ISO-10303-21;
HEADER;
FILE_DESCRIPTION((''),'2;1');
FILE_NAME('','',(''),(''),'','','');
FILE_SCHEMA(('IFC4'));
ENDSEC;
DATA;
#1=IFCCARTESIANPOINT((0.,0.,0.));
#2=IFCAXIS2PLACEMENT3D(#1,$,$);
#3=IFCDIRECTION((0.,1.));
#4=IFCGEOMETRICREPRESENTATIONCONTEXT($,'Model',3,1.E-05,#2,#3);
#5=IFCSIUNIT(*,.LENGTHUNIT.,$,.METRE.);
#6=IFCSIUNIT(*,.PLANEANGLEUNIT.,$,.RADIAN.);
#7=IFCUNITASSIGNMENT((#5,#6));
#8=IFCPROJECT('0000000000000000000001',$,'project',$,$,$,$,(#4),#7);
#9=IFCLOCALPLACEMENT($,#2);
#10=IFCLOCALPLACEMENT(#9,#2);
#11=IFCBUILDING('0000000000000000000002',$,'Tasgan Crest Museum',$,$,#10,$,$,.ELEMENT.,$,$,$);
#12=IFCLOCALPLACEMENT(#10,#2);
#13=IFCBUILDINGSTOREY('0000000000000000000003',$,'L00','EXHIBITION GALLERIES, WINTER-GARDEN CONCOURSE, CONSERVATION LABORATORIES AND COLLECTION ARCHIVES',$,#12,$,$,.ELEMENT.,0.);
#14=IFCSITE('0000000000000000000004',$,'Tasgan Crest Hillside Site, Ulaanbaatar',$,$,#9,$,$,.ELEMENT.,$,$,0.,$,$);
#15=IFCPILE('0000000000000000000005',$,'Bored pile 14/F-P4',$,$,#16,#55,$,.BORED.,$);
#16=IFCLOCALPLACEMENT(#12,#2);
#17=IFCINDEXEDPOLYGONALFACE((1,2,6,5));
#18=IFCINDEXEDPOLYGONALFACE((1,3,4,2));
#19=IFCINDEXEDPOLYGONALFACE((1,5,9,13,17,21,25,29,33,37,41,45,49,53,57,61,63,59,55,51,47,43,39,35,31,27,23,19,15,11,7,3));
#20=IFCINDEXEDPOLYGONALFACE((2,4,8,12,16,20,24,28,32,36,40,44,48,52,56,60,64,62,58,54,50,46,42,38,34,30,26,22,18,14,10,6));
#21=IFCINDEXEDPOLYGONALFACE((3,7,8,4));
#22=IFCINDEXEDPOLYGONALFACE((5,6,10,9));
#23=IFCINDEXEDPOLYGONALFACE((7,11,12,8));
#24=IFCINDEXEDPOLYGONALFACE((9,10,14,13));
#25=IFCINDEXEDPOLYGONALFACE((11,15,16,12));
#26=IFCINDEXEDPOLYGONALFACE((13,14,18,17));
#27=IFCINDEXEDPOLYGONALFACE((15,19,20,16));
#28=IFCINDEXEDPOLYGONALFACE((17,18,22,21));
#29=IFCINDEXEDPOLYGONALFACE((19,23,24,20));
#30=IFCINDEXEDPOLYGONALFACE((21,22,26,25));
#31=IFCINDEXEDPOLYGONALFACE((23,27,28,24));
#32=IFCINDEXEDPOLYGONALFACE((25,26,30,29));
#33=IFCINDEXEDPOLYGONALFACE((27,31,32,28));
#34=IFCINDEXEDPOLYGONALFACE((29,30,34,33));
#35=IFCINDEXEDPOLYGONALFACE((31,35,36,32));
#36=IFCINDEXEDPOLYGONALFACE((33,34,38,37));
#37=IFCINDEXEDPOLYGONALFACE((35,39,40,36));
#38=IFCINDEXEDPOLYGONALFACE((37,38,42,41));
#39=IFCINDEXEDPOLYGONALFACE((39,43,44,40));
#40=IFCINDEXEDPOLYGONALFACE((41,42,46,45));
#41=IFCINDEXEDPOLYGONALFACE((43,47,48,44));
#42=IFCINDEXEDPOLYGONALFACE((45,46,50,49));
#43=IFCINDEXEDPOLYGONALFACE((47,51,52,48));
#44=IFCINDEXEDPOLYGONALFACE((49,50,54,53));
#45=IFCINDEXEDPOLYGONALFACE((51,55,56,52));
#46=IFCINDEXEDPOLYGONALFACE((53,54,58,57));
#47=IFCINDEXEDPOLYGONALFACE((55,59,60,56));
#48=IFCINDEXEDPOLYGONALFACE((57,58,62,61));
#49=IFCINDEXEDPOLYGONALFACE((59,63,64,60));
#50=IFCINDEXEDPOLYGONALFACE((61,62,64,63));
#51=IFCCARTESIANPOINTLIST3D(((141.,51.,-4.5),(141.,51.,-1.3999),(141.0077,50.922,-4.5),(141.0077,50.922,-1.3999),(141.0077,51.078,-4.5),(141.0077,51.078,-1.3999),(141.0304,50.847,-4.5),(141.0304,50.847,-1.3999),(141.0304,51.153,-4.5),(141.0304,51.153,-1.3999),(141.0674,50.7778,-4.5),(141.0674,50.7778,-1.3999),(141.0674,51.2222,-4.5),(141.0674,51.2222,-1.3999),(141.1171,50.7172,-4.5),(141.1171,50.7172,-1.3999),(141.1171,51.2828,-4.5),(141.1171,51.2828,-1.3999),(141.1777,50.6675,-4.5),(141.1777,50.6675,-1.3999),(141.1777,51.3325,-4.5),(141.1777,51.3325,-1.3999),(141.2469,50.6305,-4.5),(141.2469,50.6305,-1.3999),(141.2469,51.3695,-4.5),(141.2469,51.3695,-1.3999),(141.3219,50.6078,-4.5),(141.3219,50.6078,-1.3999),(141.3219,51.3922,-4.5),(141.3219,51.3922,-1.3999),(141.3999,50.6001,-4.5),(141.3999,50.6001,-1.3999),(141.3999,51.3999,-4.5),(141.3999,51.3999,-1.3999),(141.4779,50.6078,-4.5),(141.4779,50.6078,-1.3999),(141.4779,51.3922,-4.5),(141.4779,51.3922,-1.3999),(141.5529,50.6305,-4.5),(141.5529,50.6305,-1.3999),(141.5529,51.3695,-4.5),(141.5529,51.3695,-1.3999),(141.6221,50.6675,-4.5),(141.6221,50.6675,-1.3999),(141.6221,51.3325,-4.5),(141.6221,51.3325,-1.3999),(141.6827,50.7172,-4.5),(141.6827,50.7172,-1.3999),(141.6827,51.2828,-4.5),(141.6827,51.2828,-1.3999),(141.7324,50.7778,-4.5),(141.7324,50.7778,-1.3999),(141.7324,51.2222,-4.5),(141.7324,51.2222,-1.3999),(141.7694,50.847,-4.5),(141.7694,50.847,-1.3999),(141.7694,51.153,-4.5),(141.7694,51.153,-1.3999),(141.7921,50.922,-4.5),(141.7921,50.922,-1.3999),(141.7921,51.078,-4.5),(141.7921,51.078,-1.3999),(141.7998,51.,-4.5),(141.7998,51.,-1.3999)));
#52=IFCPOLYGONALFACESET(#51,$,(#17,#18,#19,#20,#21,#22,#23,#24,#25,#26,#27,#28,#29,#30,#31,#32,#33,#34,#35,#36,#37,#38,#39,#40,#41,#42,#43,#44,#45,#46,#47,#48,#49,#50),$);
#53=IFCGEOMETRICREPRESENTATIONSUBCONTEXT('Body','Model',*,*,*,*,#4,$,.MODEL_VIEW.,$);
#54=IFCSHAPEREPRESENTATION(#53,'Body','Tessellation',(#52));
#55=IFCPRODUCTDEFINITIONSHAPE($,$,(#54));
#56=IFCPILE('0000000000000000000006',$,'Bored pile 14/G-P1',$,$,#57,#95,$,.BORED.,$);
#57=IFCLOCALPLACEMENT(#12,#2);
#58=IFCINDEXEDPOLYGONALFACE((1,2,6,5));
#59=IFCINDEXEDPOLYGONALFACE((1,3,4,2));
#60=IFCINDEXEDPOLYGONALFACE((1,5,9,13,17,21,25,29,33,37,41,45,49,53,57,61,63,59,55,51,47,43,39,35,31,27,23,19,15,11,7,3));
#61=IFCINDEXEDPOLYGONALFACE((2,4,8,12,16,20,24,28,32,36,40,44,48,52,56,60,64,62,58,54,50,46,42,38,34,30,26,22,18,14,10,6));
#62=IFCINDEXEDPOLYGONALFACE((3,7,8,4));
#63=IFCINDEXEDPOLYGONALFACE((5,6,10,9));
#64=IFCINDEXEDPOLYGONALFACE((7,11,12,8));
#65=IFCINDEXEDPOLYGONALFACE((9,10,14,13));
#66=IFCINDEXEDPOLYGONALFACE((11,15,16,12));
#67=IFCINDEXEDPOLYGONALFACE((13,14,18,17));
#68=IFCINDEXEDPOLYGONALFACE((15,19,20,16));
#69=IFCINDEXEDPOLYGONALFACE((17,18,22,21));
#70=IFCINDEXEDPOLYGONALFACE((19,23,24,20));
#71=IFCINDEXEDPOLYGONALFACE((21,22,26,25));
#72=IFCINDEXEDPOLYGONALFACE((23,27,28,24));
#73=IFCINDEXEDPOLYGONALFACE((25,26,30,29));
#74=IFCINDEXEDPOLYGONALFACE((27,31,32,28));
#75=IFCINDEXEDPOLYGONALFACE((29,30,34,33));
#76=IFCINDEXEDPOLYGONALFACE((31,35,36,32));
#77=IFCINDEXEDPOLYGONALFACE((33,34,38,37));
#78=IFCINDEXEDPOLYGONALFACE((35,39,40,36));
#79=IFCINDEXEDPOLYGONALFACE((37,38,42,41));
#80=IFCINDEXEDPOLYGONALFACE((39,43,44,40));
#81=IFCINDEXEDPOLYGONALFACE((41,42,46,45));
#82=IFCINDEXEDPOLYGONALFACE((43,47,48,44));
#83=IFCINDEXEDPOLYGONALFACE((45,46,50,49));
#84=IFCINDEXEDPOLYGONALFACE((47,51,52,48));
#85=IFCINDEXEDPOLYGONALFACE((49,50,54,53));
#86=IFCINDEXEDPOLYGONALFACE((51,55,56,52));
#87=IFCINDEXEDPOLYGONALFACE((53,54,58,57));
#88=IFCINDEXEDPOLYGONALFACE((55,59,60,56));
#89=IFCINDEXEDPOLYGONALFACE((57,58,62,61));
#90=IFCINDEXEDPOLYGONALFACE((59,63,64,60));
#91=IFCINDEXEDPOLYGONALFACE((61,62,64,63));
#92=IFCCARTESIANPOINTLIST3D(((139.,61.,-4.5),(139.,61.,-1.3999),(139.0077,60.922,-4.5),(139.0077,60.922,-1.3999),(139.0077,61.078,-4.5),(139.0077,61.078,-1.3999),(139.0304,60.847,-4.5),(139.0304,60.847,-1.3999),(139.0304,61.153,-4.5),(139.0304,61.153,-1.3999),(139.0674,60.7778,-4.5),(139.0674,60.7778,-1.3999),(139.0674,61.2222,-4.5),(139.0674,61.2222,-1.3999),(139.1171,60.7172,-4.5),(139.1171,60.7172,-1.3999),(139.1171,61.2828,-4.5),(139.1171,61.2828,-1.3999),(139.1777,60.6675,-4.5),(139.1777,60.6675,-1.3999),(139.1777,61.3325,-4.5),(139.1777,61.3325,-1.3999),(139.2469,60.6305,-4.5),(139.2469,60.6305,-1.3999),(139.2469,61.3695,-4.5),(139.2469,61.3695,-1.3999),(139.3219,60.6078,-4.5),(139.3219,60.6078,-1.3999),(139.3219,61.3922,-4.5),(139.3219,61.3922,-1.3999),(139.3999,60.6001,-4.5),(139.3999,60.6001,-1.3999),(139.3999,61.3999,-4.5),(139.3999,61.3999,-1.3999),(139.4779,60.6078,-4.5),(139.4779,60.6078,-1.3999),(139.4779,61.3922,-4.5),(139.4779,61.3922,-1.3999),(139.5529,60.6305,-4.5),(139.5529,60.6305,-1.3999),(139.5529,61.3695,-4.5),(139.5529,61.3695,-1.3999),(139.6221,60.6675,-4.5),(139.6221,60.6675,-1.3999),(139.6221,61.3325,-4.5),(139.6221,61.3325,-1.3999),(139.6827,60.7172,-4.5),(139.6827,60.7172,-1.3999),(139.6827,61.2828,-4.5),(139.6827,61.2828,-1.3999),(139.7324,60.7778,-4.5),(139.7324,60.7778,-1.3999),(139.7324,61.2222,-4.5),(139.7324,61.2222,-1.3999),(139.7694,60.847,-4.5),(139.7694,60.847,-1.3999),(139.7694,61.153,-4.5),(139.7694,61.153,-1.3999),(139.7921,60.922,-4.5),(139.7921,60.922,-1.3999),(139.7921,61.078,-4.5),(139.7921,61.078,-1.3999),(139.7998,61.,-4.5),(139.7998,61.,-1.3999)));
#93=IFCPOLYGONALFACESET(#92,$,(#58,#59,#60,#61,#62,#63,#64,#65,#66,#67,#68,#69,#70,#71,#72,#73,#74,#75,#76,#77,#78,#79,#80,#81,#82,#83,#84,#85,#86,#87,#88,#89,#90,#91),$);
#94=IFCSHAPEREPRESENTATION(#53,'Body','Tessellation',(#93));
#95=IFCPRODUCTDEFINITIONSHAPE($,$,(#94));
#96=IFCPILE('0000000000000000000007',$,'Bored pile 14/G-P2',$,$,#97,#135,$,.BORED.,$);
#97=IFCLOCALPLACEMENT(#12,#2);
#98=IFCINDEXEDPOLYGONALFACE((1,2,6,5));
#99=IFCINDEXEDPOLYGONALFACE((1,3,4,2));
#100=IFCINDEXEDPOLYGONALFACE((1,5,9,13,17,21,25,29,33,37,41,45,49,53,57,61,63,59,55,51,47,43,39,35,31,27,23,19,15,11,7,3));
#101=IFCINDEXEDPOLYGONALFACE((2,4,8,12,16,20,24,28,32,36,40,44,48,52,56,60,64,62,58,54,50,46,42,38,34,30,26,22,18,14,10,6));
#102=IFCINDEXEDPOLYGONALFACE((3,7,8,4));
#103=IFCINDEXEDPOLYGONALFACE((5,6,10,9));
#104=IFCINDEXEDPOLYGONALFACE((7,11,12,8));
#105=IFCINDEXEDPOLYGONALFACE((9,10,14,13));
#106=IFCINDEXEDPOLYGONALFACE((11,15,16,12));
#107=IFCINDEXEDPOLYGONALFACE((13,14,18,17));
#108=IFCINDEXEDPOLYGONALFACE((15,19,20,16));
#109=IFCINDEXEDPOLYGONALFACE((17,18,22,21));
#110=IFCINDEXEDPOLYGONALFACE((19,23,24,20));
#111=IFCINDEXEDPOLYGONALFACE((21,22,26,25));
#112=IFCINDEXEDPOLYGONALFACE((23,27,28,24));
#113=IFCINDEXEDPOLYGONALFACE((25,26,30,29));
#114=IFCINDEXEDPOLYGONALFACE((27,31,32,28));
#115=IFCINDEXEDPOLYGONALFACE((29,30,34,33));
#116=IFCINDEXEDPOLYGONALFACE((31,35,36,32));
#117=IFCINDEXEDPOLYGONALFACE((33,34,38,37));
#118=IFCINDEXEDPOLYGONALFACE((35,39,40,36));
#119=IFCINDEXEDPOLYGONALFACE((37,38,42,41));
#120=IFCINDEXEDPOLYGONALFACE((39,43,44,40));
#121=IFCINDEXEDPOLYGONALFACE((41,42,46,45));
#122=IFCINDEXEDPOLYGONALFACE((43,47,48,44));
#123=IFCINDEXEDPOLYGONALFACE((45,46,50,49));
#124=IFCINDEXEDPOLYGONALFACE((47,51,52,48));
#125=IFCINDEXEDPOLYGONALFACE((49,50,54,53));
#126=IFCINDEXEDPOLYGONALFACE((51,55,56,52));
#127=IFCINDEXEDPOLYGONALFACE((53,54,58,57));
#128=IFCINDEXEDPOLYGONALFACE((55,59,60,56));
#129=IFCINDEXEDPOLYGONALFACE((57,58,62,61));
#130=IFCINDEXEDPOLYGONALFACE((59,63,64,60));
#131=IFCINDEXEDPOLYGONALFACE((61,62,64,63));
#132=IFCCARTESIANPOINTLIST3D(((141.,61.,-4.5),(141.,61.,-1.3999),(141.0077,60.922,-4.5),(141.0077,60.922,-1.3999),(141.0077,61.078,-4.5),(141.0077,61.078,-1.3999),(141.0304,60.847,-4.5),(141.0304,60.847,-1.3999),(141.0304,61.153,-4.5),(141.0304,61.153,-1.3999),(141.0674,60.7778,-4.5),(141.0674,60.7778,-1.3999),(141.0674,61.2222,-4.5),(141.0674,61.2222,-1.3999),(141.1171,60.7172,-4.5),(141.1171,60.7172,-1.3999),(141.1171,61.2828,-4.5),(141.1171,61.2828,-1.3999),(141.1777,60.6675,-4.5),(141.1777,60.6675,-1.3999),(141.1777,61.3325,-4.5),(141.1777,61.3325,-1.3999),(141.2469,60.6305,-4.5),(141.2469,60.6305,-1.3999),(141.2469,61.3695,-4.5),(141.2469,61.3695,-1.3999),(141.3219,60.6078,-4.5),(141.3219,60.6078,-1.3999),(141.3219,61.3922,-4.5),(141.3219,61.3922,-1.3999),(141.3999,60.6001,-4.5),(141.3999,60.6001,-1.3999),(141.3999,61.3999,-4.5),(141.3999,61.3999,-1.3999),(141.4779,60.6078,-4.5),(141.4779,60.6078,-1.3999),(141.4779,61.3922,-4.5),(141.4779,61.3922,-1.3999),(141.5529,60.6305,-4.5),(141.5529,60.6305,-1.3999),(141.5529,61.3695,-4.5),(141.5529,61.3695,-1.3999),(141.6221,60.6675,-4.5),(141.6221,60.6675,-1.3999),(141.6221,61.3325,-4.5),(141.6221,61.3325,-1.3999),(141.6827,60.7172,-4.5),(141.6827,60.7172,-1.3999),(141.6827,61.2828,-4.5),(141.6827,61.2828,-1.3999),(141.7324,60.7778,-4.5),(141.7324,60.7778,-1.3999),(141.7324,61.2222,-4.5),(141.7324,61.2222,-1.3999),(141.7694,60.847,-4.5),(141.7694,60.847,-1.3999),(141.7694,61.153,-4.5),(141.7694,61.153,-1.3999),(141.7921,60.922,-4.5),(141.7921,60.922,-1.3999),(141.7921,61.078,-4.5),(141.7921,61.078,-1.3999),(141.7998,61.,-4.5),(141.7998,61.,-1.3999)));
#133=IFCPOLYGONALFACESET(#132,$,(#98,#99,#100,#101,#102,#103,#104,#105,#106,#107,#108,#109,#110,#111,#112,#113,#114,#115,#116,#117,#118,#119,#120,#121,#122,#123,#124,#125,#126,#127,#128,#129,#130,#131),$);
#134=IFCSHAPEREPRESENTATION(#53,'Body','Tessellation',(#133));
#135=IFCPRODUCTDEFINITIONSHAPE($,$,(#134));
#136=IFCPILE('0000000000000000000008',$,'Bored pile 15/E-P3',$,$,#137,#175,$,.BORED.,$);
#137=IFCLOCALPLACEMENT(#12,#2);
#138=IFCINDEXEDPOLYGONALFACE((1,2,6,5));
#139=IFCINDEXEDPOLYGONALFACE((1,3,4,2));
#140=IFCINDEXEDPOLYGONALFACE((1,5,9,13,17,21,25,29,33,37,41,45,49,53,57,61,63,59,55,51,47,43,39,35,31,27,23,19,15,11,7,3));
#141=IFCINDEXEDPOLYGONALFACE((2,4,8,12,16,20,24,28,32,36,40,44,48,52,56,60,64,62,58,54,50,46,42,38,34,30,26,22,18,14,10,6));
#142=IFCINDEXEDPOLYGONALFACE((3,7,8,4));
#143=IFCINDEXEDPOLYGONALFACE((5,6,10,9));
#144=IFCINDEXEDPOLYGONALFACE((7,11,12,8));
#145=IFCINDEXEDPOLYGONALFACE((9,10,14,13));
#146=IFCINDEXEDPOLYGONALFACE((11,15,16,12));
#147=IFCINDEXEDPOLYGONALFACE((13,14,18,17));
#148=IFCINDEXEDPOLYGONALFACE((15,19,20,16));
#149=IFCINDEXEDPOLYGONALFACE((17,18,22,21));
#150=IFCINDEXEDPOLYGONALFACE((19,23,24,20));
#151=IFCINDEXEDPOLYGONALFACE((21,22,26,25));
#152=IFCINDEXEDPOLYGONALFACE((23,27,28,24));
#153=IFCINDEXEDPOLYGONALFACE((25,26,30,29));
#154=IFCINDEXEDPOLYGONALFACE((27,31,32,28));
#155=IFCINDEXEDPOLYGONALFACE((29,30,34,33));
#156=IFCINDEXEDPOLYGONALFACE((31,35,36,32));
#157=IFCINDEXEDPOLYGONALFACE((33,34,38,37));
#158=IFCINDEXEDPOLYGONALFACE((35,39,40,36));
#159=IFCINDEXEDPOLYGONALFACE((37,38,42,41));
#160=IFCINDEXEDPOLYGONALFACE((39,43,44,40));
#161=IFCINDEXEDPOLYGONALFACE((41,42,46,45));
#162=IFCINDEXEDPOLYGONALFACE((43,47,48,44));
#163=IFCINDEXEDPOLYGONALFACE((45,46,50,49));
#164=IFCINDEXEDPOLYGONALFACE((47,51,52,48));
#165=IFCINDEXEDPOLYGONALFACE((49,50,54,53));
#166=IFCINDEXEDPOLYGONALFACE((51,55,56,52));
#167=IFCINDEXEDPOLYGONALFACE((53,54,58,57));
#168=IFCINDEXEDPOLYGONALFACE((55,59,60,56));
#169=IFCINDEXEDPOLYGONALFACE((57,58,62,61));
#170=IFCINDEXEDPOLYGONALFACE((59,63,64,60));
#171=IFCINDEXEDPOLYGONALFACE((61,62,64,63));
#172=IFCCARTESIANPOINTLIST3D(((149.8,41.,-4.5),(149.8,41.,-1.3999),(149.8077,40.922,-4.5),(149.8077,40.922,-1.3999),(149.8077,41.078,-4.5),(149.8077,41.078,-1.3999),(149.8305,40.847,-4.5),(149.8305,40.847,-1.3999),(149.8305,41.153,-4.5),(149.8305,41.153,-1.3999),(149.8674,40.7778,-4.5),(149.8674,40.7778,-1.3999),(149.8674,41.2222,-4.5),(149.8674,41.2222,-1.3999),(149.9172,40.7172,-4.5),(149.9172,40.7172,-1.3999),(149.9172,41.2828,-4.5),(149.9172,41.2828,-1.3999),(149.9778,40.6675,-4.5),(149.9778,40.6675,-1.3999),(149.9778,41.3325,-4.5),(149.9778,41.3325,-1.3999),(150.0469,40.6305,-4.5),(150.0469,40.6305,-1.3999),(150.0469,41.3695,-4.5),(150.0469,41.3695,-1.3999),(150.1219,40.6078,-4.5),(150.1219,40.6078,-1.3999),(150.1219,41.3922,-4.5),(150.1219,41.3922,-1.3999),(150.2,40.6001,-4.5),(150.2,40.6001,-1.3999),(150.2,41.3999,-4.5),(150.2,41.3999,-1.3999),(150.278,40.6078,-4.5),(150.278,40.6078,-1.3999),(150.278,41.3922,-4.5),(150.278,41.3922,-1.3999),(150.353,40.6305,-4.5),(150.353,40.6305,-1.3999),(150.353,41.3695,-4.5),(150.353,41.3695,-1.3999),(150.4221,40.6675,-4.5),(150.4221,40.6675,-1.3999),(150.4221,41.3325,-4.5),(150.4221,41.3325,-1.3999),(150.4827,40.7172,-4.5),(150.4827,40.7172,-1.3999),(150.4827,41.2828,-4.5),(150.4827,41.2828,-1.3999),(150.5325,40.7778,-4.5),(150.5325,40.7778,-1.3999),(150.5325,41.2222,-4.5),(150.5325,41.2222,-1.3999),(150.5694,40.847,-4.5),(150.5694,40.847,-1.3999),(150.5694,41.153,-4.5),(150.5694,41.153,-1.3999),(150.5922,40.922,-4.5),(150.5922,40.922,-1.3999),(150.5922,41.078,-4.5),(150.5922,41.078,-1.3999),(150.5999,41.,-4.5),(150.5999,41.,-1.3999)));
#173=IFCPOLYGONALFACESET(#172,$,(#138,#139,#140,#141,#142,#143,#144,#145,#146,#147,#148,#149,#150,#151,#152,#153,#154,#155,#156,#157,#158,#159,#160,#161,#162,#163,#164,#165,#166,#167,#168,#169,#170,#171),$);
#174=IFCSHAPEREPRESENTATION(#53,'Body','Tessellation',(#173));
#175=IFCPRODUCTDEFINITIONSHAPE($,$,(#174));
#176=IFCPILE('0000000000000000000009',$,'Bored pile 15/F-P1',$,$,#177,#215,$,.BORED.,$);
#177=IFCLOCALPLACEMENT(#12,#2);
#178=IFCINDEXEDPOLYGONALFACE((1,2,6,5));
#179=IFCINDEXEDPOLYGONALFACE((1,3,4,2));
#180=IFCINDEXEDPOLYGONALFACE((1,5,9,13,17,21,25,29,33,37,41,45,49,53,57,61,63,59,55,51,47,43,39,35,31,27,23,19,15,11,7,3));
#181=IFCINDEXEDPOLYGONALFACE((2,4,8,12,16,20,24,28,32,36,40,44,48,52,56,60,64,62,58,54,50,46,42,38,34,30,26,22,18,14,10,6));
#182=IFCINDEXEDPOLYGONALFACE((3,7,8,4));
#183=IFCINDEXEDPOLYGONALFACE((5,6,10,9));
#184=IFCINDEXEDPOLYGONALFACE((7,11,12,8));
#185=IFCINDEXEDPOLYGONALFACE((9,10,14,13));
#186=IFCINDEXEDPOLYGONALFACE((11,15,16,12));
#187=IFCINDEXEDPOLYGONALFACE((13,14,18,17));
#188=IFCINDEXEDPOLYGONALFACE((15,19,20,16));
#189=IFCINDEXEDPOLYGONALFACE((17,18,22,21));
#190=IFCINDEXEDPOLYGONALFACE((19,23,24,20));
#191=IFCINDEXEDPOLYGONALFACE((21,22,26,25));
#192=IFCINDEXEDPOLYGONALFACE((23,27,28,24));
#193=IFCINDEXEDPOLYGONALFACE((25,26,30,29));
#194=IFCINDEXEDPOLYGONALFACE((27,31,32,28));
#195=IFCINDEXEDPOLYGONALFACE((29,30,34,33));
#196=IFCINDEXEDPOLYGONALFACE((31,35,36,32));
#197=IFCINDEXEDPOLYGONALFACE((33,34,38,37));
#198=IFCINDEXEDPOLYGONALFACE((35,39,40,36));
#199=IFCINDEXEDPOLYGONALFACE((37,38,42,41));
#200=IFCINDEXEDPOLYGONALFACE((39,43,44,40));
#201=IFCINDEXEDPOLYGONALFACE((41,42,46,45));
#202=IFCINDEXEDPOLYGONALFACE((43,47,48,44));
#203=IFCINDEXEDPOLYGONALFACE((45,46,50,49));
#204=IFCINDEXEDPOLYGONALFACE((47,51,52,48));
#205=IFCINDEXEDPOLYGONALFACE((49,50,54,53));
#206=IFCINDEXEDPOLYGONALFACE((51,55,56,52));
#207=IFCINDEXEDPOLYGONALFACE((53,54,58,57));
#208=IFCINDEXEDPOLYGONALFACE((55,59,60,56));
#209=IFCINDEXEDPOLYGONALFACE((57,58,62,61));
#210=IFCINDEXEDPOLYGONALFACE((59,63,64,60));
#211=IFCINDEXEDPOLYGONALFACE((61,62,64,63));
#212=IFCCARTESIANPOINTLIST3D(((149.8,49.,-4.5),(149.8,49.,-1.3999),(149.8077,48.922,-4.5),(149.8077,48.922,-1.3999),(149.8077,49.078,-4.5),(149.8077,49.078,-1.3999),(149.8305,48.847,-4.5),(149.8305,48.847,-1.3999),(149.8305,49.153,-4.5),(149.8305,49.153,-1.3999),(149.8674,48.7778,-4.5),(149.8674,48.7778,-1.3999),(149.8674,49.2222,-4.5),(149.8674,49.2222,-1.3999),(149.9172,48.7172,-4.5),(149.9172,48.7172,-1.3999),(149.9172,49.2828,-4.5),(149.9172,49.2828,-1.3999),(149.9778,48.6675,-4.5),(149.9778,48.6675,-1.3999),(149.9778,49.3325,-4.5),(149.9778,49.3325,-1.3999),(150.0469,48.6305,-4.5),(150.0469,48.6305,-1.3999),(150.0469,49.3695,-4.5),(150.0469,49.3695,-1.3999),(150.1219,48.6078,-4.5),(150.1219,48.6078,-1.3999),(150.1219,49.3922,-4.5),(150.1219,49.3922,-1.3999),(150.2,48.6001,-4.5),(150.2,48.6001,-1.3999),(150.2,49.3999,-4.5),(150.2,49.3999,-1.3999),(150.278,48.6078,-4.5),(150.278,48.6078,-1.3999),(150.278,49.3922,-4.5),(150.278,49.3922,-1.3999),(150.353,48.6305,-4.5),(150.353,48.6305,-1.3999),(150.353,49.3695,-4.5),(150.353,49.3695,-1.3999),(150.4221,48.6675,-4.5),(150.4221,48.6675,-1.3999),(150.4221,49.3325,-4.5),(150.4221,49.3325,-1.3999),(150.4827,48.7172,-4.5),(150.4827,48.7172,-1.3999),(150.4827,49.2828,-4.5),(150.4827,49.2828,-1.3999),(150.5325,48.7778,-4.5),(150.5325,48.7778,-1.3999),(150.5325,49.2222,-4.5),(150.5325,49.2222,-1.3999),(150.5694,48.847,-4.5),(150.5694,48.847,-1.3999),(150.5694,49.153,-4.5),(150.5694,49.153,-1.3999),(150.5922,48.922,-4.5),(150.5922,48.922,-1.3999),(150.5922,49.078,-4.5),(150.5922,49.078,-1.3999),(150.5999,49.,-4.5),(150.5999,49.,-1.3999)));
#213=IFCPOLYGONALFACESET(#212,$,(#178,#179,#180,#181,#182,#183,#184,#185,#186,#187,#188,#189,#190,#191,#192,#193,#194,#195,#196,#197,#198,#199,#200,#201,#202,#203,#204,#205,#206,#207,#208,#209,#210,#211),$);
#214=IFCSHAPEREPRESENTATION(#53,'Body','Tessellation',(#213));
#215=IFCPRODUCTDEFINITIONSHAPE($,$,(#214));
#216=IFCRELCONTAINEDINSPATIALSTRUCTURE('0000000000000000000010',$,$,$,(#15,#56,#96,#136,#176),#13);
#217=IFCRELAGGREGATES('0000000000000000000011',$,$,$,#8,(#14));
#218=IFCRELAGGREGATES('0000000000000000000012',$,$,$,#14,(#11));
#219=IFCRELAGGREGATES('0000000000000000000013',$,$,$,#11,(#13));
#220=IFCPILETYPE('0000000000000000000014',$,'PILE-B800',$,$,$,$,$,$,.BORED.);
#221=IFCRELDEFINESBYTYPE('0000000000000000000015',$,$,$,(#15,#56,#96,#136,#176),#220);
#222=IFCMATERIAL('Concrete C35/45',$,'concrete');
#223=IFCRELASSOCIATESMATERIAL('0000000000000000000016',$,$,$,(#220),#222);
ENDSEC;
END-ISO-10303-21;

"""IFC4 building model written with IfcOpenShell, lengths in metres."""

from ifc_helpers import new_model, si_unit, direction, frame, origin, origin_2d, place, context, subcontext, project, spatial, circle, extrude, material, material_profile, profile_set, type_object, element, save


model = new_model("IFC4")

# Units and contexts
model_context = context("Model", 3, precision=1e-05, world=origin(), true_north=direction((0.0, 1.0)))
body_context = subcontext(model_context, "Body", "Model", "MODEL_VIEW")
ifc_project = project(units=[si_unit("LENGTHUNIT", "METRE"), si_unit("PLANEANGLEUNIT", "RADIAN")], contexts=[model_context])

# Site, building, storey
site_placement = place(None, origin())
site = spatial("IfcSite", under=ifc_project, at=site_placement, Name="Tasgan Crest Hillside Site, Ulaanbaatar", CompositionType="ELEMENT", RefElevation=0.0)
building_placement = place(site_placement, origin())
building = spatial("IfcBuilding", under=site, at=building_placement, Name="Tasgan Crest Museum", CompositionType="ELEMENT")
storey_placement = place(building_placement, origin())
storey = spatial("IfcBuildingStorey", under=building, at=storey_placement, Name="L00", Description="EXHIBITION GALLERIES, WINTER-GARDEN CONCOURSE, CONSERVATION LABORATORIES AND COLLECTION ARCHIVES", CompositionType="ELEMENT", Elevation=0.0)

# Piles
ifc_material_1 = material(Name="Concrete C35/45", Category="concrete")
ifc_material_profile_1 = material_profile(ifc_material_1, circle(Radius=0.3999, at=origin_2d()), Name="PILE D800")
ifc_profile_set_1 = profile_set([ifc_material_profile_1], Name="Concrete C35/45")
pile_type = type_object("IfcPileType", Name="PILE-B800", PredefinedType="BORED", material=ifc_profile_set_1)
for number, where, z_axis, x_axis, name in (
    (1, (141.3999, 51.0, -1.3999), (0.0, 0.0, -1.0), (1.0, 0.0, 0.0), "Bored pile 14/F-P4"),
    (2, (139.3999, 61.0, -1.3999), (0.0, 0.0, -1.0), (1.0, 0.0, 0.0), "Bored pile 14/G-P1"),
    (3, (141.3999, 61.0, -1.3999), (0.0, 0.0, -1.0), (1.0, 0.0, 0.0), "Bored pile 14/G-P2"),
    (4, (150.2, 41.0, -1.3999), (0.0, 0.0, -1.0), (1.0, 0.0, 0.0), "Bored pile 15/E-P3"),
    (5, (150.2, 49.0, -1.3999), (0.0, 0.0, -1.0), (1.0, 0.0, 0.0), "Bored pile 15/F-P1"),
):
    element("IfcPile", number, at=place(storey_placement, frame(where, z_axis=z_axis, x_axis=x_axis)), inside=storey, type_object=pile_type, Name=name, PredefinedType="BORED", context=body_context, shape_type="SweptSolid", body=[
        extrude(circle(Radius=0.3999, at=origin_2d()), origin(), (0.0, 0.0, 1.0), 3.1001),
    ])

save(model, "model.ifc")
